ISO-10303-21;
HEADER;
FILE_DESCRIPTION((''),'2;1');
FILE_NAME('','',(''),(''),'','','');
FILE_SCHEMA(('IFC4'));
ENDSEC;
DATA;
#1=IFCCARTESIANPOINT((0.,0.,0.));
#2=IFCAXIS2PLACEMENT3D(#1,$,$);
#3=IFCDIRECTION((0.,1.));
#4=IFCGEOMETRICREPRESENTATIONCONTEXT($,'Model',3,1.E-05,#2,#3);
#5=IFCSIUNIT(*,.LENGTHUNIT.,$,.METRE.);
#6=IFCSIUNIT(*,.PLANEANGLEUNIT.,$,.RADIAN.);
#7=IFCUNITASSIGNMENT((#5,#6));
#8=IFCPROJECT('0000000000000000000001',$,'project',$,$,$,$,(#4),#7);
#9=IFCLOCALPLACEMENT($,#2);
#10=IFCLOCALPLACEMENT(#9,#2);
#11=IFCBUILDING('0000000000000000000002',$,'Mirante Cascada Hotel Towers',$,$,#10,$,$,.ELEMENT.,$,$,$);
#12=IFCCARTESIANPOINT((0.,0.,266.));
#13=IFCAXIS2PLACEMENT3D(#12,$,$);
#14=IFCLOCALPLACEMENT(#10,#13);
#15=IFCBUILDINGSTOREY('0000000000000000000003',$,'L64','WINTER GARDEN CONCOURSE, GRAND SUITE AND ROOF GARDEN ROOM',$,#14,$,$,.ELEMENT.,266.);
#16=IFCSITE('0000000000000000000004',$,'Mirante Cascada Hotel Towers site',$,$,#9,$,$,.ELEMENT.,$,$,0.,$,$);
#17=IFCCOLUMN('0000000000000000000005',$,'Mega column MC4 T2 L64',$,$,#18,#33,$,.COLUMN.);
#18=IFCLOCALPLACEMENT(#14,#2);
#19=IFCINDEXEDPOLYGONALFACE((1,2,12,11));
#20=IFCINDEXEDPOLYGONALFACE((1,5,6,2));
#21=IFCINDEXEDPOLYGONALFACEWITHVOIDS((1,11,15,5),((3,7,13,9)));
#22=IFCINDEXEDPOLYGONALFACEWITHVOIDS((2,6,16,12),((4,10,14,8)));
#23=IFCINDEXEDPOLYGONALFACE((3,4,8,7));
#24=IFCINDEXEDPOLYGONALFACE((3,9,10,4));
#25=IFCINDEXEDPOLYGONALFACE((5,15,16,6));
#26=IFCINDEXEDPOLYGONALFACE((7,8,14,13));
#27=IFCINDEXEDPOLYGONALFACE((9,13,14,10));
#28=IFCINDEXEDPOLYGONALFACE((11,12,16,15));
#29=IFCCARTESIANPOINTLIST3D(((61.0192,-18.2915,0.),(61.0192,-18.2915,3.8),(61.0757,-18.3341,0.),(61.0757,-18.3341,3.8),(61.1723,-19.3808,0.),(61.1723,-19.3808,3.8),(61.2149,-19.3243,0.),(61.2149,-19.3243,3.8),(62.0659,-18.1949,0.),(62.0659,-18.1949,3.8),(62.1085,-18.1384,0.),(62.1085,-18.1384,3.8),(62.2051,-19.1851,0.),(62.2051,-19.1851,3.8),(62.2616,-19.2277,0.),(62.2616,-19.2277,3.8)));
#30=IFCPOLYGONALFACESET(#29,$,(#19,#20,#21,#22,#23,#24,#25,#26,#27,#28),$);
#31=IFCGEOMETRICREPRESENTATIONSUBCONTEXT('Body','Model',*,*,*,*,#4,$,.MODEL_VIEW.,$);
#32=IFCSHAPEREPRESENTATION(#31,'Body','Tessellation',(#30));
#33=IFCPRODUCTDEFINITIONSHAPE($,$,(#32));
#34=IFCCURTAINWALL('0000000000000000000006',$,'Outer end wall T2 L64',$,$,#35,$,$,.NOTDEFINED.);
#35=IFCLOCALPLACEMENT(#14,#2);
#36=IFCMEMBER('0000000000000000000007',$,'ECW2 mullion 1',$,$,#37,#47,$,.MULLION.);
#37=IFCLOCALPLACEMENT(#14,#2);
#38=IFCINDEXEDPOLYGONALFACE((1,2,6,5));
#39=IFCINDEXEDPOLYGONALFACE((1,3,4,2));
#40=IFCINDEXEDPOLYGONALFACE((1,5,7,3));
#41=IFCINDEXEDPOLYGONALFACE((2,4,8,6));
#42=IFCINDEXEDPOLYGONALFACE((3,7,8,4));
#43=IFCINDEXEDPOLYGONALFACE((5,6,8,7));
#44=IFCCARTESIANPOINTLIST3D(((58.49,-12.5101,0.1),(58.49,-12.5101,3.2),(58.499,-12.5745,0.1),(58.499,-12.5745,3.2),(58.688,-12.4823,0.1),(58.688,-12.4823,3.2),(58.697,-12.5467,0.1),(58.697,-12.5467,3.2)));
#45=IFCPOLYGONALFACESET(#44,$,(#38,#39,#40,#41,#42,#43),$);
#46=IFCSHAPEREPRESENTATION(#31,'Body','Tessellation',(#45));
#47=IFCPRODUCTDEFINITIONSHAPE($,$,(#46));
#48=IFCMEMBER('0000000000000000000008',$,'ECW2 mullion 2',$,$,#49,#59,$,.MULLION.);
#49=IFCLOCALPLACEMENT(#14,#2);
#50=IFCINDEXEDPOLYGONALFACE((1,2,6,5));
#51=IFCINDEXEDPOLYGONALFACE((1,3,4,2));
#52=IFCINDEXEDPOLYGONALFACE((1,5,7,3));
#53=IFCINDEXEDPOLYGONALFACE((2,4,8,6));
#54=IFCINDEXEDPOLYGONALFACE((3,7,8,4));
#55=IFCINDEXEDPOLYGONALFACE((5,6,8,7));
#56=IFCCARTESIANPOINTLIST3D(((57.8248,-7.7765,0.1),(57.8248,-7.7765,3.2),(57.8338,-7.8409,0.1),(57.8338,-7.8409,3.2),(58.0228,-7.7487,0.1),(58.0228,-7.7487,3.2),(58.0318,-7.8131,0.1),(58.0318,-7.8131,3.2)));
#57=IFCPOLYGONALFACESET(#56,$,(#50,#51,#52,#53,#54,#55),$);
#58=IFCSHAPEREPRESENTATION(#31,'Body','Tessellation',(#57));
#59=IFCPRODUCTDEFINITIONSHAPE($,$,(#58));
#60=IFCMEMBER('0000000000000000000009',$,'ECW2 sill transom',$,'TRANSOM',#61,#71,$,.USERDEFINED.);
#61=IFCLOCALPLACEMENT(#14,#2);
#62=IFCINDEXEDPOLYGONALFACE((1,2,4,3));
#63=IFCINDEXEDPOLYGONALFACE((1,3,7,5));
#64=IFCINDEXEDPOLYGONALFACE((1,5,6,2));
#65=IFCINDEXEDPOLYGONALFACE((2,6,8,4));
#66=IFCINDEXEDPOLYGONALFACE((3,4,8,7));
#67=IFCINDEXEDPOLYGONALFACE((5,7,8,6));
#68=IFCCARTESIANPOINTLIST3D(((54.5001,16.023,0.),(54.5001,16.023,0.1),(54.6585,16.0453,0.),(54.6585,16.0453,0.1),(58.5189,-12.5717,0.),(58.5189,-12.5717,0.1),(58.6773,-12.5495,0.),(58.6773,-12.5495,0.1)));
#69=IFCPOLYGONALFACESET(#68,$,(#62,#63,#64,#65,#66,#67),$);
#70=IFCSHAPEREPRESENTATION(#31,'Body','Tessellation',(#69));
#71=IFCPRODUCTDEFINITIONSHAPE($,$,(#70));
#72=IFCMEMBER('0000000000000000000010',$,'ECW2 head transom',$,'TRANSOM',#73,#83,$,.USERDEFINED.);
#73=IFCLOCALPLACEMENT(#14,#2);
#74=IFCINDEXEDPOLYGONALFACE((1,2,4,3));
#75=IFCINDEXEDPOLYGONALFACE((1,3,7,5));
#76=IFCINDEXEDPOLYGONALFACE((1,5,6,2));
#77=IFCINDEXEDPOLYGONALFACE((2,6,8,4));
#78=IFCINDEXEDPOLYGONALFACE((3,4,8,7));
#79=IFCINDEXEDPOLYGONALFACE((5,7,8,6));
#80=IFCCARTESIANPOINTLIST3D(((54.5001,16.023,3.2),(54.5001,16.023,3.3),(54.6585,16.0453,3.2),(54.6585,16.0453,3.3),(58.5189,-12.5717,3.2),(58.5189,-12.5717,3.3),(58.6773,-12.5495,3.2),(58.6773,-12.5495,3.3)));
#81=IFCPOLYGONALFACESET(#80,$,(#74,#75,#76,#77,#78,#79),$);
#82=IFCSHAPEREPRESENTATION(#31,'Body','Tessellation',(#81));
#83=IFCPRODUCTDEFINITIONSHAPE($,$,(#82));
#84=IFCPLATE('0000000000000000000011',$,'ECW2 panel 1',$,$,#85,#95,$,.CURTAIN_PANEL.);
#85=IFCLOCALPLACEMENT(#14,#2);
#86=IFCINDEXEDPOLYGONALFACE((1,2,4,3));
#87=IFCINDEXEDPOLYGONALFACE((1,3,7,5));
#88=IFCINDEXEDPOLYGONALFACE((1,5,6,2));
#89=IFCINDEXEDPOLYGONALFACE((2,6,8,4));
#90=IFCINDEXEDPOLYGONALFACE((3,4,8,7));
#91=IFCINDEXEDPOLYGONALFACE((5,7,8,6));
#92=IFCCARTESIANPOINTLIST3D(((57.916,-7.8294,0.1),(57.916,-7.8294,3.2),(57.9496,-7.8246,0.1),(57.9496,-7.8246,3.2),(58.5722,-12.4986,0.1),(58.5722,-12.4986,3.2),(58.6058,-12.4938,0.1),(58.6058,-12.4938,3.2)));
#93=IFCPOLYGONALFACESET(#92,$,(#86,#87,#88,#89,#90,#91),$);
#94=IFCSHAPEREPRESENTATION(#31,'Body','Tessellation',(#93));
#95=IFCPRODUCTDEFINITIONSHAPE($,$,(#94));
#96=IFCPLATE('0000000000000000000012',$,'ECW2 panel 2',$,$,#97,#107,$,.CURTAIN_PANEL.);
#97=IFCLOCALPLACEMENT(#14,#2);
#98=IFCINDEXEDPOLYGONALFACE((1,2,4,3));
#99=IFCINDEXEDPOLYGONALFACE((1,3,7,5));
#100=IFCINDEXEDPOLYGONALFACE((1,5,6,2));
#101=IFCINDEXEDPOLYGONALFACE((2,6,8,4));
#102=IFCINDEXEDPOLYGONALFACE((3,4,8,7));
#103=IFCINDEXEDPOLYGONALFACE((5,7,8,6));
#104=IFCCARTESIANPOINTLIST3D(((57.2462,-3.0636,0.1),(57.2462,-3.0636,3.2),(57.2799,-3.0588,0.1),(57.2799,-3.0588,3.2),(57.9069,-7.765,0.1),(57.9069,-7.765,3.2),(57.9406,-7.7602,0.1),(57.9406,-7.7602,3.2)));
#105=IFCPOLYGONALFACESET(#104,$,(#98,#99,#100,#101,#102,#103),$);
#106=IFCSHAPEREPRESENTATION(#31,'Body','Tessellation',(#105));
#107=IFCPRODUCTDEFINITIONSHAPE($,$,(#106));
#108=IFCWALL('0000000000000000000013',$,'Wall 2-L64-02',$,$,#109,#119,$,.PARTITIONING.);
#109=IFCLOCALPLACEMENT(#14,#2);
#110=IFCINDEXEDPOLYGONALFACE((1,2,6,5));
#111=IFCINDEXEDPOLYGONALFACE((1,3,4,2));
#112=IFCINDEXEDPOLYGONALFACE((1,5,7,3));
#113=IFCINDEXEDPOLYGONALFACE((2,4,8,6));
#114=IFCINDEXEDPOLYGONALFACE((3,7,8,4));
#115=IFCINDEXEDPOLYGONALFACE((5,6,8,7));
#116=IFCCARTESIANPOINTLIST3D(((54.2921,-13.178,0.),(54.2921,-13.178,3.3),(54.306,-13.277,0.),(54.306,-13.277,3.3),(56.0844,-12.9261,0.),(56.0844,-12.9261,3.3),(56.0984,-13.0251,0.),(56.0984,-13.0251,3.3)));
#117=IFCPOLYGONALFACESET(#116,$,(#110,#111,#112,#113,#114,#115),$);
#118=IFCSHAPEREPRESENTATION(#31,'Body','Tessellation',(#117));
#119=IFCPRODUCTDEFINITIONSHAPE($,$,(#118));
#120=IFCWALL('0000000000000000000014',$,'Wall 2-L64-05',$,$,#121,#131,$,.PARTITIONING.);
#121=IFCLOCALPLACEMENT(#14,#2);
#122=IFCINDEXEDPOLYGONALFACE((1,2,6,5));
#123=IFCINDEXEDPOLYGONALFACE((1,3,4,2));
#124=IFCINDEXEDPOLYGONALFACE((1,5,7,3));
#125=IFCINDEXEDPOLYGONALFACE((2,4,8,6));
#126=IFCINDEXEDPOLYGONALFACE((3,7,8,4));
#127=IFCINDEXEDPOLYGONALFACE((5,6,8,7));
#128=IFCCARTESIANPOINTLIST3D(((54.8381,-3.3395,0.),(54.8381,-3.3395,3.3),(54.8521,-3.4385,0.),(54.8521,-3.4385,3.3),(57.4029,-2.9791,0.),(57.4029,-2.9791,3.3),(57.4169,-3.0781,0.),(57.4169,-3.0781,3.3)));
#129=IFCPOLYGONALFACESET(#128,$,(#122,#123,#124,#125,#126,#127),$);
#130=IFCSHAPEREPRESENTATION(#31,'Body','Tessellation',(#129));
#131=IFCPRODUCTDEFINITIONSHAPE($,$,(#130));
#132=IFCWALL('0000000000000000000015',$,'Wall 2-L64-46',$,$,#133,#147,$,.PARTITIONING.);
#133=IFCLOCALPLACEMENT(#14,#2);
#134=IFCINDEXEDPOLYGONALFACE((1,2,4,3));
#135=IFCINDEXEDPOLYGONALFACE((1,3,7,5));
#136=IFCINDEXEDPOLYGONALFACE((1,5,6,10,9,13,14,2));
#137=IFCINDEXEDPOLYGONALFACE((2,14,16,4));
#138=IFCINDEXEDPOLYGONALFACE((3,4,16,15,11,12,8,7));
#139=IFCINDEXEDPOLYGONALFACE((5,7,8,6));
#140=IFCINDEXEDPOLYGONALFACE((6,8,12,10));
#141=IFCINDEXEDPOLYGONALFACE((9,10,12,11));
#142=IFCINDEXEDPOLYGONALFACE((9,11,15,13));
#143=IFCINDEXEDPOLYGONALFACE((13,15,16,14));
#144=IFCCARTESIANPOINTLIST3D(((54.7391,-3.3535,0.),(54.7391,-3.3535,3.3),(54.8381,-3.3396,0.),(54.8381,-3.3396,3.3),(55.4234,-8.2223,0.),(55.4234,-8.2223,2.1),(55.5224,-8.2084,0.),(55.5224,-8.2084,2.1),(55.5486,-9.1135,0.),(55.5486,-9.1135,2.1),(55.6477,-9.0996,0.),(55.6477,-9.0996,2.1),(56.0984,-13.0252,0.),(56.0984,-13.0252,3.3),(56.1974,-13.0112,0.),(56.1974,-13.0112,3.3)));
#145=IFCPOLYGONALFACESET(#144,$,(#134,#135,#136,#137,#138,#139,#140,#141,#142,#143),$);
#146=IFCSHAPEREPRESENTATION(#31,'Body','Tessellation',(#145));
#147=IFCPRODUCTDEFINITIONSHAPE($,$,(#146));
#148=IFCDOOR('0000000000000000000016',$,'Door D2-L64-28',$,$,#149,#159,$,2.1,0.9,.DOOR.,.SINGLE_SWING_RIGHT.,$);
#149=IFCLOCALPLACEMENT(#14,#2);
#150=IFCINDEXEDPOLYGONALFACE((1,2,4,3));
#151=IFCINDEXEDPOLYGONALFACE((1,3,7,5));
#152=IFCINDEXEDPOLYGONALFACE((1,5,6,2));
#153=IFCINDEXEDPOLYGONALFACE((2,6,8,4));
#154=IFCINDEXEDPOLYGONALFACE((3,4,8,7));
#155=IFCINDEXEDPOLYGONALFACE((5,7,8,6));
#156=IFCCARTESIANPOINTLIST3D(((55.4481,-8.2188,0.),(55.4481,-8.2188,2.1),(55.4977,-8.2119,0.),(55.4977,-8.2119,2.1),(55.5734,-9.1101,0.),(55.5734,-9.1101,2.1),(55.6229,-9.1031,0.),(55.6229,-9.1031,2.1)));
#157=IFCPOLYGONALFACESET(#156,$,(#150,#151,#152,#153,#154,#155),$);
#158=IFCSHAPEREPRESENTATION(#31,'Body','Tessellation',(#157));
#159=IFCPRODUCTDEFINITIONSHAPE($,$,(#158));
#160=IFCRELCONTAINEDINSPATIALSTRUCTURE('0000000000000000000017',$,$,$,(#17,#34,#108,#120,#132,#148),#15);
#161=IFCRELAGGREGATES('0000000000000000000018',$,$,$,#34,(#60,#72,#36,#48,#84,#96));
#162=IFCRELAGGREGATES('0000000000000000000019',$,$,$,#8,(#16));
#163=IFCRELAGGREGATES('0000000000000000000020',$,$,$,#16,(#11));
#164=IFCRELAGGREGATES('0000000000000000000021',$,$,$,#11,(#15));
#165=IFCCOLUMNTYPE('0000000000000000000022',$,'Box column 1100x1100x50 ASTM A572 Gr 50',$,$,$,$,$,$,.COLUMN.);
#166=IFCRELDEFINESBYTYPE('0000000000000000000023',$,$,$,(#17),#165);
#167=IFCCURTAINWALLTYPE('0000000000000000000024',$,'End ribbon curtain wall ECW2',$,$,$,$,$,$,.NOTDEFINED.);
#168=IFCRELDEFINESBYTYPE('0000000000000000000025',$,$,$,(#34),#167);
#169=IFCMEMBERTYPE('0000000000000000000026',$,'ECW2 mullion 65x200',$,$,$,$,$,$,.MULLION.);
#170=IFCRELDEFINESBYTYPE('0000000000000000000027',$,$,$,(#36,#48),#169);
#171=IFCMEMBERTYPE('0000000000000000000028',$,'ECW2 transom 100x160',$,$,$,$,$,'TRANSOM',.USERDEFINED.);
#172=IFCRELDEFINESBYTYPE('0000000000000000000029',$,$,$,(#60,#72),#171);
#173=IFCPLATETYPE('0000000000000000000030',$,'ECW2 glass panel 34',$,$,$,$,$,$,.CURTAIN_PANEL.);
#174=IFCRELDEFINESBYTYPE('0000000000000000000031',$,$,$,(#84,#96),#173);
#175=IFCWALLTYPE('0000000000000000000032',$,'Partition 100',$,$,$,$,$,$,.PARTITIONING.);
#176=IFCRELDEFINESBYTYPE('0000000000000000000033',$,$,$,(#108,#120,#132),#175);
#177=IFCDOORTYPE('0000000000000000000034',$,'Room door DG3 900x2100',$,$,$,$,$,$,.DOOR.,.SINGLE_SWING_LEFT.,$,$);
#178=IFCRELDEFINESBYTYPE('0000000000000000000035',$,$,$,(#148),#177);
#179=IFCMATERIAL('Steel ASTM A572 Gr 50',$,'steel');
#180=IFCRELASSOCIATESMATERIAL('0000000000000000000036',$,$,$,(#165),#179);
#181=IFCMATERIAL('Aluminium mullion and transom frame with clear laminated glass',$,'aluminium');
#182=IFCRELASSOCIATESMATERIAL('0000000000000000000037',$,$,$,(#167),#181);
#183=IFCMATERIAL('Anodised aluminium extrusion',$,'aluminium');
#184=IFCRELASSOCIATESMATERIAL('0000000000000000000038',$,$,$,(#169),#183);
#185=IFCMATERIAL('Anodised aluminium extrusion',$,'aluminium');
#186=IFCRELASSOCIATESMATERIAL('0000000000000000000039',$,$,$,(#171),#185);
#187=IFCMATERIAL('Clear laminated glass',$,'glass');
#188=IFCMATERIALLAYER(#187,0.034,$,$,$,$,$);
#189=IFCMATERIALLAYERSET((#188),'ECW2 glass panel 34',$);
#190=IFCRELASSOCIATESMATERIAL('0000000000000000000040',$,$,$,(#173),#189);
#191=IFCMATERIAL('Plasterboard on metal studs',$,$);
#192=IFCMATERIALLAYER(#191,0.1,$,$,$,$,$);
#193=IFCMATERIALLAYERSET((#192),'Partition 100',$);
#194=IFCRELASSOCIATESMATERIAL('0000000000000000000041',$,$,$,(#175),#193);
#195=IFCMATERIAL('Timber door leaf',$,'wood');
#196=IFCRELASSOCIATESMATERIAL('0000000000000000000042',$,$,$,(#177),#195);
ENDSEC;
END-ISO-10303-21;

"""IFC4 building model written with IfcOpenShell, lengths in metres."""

from ifc_helpers import new_model, si_unit, direction, frame, frame_2d, origin, origin_2d, place, context, subcontext, project, spatial, rectangle, hollow_rectangle, extrude, material, layer, layer_set, material_profile, profile_set, type_object, element, fill, aggregate, save


model = new_model("IFC4")

# Units and contexts
model_context = context("Model", 3, precision=1e-05, world=origin(), true_north=direction((0.0, 1.0)))
body_context = subcontext(model_context, "Body", "Model", "MODEL_VIEW")
ifc_project = project(units=[si_unit("LENGTHUNIT", "METRE"), si_unit("PLANEANGLEUNIT", "RADIAN")], contexts=[model_context])

# Site, building, storey
site_placement = place(None, origin())
site = spatial("IfcSite", under=ifc_project, at=site_placement, Name="Mirante Cascada Hotel Towers site", CompositionType="ELEMENT", RefElevation=0.0)
building_placement = place(site_placement, origin())
building = spatial("IfcBuilding", under=site, at=building_placement, Name="Mirante Cascada Hotel Towers", CompositionType="ELEMENT")
storey_placement = place(building_placement, frame((0.0, 0.0, 266.0)))
storey = spatial("IfcBuildingStorey", under=building, at=storey_placement, Name="L64", Description="WINTER GARDEN CONCOURSE, GRAND SUITE AND ROOF GARDEN ROOM", CompositionType="ELEMENT", Elevation=266.0)

# Column
ifc_material_1 = material(Name="Steel ASTM A572 Gr 50", Category="steel")
ifc_material_profile_1 = material_profile(ifc_material_1, hollow_rectangle(XDim=1.1, YDim=1.1, WallThickness=0.05, at=origin_2d()), Name="Box column 1100x1100x50 ASTM A572 Gr 50")
ifc_profile_set_1 = profile_set([ifc_material_profile_1], Name="Steel ASTM A572 Gr 50")
column_type = type_object("IfcColumnType", Name="Box column 1100x1100x50 ASTM A572 Gr 50", PredefinedType="COLUMN", material=ifc_profile_set_1)
column_placement = place(storey_placement, frame((61.6404, -18.7596, 0.0), z_axis=(0.0, 0.0, 1.0), x_axis=(0.990268, 0.139173, 0.0)))
element("IfcColumn", 1, at=column_placement, inside=storey, type_object=column_type, Name="Mega column MC4 T2 L64", PredefinedType="COLUMN", context=body_context, shape_type="SweptSolid", body=[
    extrude(hollow_rectangle(XDim=1.1, YDim=1.1, WallThickness=0.05, at=origin_2d()), origin(), (0.0, 0.0, 1.0), 3.8),
])

# Curtain wall, members, plates
ifc_material_2 = material(Name="Aluminium mullion and transom frame with clear laminated glass", Category="aluminium")
curtain_wall_type = type_object("IfcCurtainWallType", Name="End ribbon curtain wall ECW2", PredefinedType="NOTDEFINED", material=ifc_material_2)
curtain_wall_placement = place(storey_placement, origin())
curtain_wall = element("IfcCurtainWall", 2, at=curtain_wall_placement, inside=storey, type_object=curtain_wall_type, Name="Outer end wall T2 L64", PredefinedType="NOTDEFINED")
ifc_material_3 = material(Name="Anodised aluminium extrusion", Category="aluminium")
ifc_material_profile_2 = material_profile(ifc_material_3, rectangle(XDim=0.2, YDim=0.065, at=origin_2d()), Name="ECW2 MULLION 65x200")
ifc_profile_set_2 = profile_set([ifc_material_profile_2], Name="Anodised aluminium extrusion")
member_type_1 = type_object("IfcMemberType", Name="ECW2 mullion 65x200", PredefinedType="MULLION", material=ifc_profile_set_2)
member_1_placement = place(storey_placement, frame((58.5935, -12.5284, 0.1), z_axis=(0.0, 0.0, 1.0), x_axis=(-0.990268, -0.139173, 0.0)))
member_1 = element("IfcMember", 3, at=member_1_placement, type_object=member_type_1, Name="ECW2 mullion 1", PredefinedType="MULLION", context=body_context, shape_type="SweptSolid", body=[
    extrude(rectangle(XDim=0.2, YDim=0.065, at=origin_2d()), origin(), (0.0, 0.0, 1.0), 3.1),
])
member_2_placement = place(storey_placement, frame((57.9283, -7.7948, 0.1), z_axis=(0.0, 0.0, 1.0), x_axis=(-0.990268, -0.139173, 0.0)))
member_2 = element("IfcMember", 4, at=member_2_placement, type_object=member_type_1, Name="ECW2 mullion 2", PredefinedType="MULLION", context=body_context, shape_type="SweptSolid", body=[
    extrude(rectangle(XDim=0.2, YDim=0.065, at=origin_2d()), origin(), (0.0, 0.0, 1.0), 3.1),
])
ifc_material_4 = material(Name="Anodised aluminium extrusion", Category="aluminium")
ifc_material_profile_3 = material_profile(ifc_material_4, rectangle(XDim=0.16, YDim=0.1, at=origin_2d()), Name="ECW2 TRANSOM 100x160")
ifc_profile_set_3 = profile_set([ifc_material_profile_3], Name="Anodised aluminium extrusion")
member_type_2 = type_object("IfcMemberType", Name="ECW2 transom 100x160", ElementType="TRANSOM", PredefinedType="USERDEFINED", material=ifc_profile_set_3)
member_3_placement = place(storey_placement, frame((58.5981, -12.5606, 0.05), z_axis=(-0.139175, 0.990268, 0.0), x_axis=(-0.990268, -0.139175, 0.0)))
member_3 = element("IfcMember", 5, at=member_3_placement, type_object=member_type_2, Name="ECW2 sill transom", ObjectType="TRANSOM", PredefinedType="USERDEFINED", context=body_context, shape_type="SweptSolid", body=[
    extrude(rectangle(XDim=0.16, YDim=0.1, at=origin_2d()), origin(), (0.0, 0.0, 1.0), 28.8758),
])
member_4_placement = place(storey_placement, frame((58.5981, -12.5606, 3.25), z_axis=(-0.139175, 0.990268, 0.0), x_axis=(-0.990268, -0.139175, 0.0)))
member_4 = element("IfcMember", 6, at=member_4_placement, type_object=member_type_2, Name="ECW2 head transom", ObjectType="TRANSOM", PredefinedType="USERDEFINED", context=body_context, shape_type="SweptSolid", body=[
    extrude(rectangle(XDim=0.16, YDim=0.1, at=origin_2d()), origin(), (0.0, 0.0, 1.0), 28.8758),
])
ifc_material_5 = material(Name="Clear laminated glass", Category="glass")
ifc_layer_1 = layer(ifc_material_5, 0.034)
ifc_layer_set_1 = layer_set([ifc_layer_1], Name="ECW2 glass panel 34")
plate_type = type_object("IfcPlateType", Name="ECW2 glass panel 34", PredefinedType="CURTAIN_PANEL", material=ifc_layer_set_1)
plate_1_placement = place(storey_placement, frame((58.2609, -10.1616, 0.1), z_axis=(0.0, 0.0, 1.0), x_axis=(-0.139173, 0.990268, 0.0)))
plate_1 = element("IfcPlate", 7, at=plate_1_placement, type_object=plate_type, Name="ECW2 panel 1", PredefinedType="CURTAIN_PANEL", context=body_context, shape_type="SweptSolid", body=[
    extrude(rectangle(XDim=4.7151, YDim=0.034, at=origin_2d()), origin(), (0.0, 0.0, 1.0), 3.1),
])
plate_2_placement = place(storey_placement, frame((57.5934, -5.4119, 0.1), z_axis=(0.0, 0.0, 1.0), x_axis=(-0.139173, 0.990268, 0.0)))
plate_2 = element("IfcPlate", 8, at=plate_2_placement, type_object=plate_type, Name="ECW2 panel 2", PredefinedType="CURTAIN_PANEL", context=body_context, shape_type="SweptSolid", body=[
    extrude(rectangle(XDim=4.7476, YDim=0.034, at=origin_2d()), origin(), (0.0, 0.0, 1.0), 3.1),
])
aggregate(curtain_wall, [member_3, member_4, member_1, member_2, plate_1, plate_2])

# Walls
ifc_material_6 = material(Name="Plasterboard on metal studs")
ifc_layer_2 = layer(ifc_material_6, 0.1)
ifc_layer_set_2 = layer_set([ifc_layer_2], Name="Partition 100")
wall_type_1 = type_object("IfcWallType", Name="Partition 100", PredefinedType="PARTITIONING", material=ifc_layer_set_2)
wall_1_placement = place(storey_placement, frame((56.0914, -12.9756, 0.0), z_axis=(0.0, 0.0, 1.0), x_axis=(-0.990268, -0.13917, 0.0)))
element("IfcWall", 9, at=wall_1_placement, inside=storey, type_object=wall_type_1, Name="Wall 2-L64-02", PredefinedType="PARTITIONING", context=body_context, shape_type="SweptSolid", body=[
    extrude(rectangle(XDim=1.81, YDim=0.1, at=frame_2d((0.905, 0.0))), origin(), (0.0, 0.0, 1.0), 3.3),
])
wall_2_placement = place(storey_placement, frame((54.8451, -3.389, 0.0), z_axis=(0.0, 0.0, 1.0), x_axis=(0.990271, 0.139151, 0.0)))
element("IfcWall", 10, at=wall_2_placement, inside=storey, type_object=wall_type_1, Name="Wall 2-L64-05", PredefinedType="PARTITIONING", context=body_context, shape_type="SweptSolid", body=[
    extrude(rectangle(XDim=2.59, YDim=0.1, at=frame_2d((1.295, 0.0))), origin(), (0.0, 0.0, 1.0), 3.3),
])

# Wall, opening, door
wall_3_placement = place(storey_placement, frame((54.7886, -3.3465, 0.0), z_axis=(0.0, 0.0, 1.0), x_axis=(0.139178, -0.990267, 0.0)))
wall_3 = element("IfcWall", 11, at=wall_3_placement, inside=storey, type_object=wall_type_1, Name="Wall 2-L64-46", PredefinedType="PARTITIONING", context=body_context, shape_type="SweptSolid", body=[
    extrude(rectangle(XDim=9.7667, YDim=0.1, at=frame_2d((4.8834, 0.0))), origin(), (0.0, 0.0, 1.0), 3.3),
])
opening_1_placement = place(wall_3_placement, frame((4.9167, 0.0, 0.0)))
opening_1 = element("IfcOpeningElement", 12, at=opening_1_placement, cuts=wall_3, PredefinedType="OPENING", context=body_context, shape_type="SweptSolid", body=[
    extrude(rectangle(XDim=0.9, YDim=2.1, at=frame_2d((0.45, 1.05))), frame((0.0, 0.05, 0.0), z_axis=(0.0, -1.0, 0.0), x_axis=(1.0, 0.0, 0.0)), (0.0, 0.0, 1.0), 0.1),
])
ifc_material_7 = material(Name="Timber door leaf", Category="wood")
door_type = type_object("IfcDoorType", Name="Room door DG3 900x2100", OperationType="SINGLE_SWING_LEFT", PredefinedType="DOOR", material=ifc_material_7)
door_placement = place(opening_1_placement, frame((0.9, 0.0, 0.0), z_axis=(0.0, 0.0, 1.0), x_axis=(-1.0, 0.0, 0.0)))
door = element("IfcDoor", 13, at=door_placement, inside=storey, type_object=door_type, Name="Door D2-L64-28", OperationType="SINGLE_SWING_RIGHT", OverallHeight=2.1, OverallWidth=0.9, PredefinedType="DOOR", context=body_context, shape_type="SweptSolid", body=[
    extrude(rectangle(XDim=0.9, YDim=2.1, at=frame_2d((0.45, 1.05))), frame((0.0, 0.025, 0.0), z_axis=(0.0, -1.0, 0.0), x_axis=(1.0, 0.0, 0.0)), (0.0, 0.0, 1.0), 0.05),
])
fill(opening_1, door)

save(model, "model.ifc")
